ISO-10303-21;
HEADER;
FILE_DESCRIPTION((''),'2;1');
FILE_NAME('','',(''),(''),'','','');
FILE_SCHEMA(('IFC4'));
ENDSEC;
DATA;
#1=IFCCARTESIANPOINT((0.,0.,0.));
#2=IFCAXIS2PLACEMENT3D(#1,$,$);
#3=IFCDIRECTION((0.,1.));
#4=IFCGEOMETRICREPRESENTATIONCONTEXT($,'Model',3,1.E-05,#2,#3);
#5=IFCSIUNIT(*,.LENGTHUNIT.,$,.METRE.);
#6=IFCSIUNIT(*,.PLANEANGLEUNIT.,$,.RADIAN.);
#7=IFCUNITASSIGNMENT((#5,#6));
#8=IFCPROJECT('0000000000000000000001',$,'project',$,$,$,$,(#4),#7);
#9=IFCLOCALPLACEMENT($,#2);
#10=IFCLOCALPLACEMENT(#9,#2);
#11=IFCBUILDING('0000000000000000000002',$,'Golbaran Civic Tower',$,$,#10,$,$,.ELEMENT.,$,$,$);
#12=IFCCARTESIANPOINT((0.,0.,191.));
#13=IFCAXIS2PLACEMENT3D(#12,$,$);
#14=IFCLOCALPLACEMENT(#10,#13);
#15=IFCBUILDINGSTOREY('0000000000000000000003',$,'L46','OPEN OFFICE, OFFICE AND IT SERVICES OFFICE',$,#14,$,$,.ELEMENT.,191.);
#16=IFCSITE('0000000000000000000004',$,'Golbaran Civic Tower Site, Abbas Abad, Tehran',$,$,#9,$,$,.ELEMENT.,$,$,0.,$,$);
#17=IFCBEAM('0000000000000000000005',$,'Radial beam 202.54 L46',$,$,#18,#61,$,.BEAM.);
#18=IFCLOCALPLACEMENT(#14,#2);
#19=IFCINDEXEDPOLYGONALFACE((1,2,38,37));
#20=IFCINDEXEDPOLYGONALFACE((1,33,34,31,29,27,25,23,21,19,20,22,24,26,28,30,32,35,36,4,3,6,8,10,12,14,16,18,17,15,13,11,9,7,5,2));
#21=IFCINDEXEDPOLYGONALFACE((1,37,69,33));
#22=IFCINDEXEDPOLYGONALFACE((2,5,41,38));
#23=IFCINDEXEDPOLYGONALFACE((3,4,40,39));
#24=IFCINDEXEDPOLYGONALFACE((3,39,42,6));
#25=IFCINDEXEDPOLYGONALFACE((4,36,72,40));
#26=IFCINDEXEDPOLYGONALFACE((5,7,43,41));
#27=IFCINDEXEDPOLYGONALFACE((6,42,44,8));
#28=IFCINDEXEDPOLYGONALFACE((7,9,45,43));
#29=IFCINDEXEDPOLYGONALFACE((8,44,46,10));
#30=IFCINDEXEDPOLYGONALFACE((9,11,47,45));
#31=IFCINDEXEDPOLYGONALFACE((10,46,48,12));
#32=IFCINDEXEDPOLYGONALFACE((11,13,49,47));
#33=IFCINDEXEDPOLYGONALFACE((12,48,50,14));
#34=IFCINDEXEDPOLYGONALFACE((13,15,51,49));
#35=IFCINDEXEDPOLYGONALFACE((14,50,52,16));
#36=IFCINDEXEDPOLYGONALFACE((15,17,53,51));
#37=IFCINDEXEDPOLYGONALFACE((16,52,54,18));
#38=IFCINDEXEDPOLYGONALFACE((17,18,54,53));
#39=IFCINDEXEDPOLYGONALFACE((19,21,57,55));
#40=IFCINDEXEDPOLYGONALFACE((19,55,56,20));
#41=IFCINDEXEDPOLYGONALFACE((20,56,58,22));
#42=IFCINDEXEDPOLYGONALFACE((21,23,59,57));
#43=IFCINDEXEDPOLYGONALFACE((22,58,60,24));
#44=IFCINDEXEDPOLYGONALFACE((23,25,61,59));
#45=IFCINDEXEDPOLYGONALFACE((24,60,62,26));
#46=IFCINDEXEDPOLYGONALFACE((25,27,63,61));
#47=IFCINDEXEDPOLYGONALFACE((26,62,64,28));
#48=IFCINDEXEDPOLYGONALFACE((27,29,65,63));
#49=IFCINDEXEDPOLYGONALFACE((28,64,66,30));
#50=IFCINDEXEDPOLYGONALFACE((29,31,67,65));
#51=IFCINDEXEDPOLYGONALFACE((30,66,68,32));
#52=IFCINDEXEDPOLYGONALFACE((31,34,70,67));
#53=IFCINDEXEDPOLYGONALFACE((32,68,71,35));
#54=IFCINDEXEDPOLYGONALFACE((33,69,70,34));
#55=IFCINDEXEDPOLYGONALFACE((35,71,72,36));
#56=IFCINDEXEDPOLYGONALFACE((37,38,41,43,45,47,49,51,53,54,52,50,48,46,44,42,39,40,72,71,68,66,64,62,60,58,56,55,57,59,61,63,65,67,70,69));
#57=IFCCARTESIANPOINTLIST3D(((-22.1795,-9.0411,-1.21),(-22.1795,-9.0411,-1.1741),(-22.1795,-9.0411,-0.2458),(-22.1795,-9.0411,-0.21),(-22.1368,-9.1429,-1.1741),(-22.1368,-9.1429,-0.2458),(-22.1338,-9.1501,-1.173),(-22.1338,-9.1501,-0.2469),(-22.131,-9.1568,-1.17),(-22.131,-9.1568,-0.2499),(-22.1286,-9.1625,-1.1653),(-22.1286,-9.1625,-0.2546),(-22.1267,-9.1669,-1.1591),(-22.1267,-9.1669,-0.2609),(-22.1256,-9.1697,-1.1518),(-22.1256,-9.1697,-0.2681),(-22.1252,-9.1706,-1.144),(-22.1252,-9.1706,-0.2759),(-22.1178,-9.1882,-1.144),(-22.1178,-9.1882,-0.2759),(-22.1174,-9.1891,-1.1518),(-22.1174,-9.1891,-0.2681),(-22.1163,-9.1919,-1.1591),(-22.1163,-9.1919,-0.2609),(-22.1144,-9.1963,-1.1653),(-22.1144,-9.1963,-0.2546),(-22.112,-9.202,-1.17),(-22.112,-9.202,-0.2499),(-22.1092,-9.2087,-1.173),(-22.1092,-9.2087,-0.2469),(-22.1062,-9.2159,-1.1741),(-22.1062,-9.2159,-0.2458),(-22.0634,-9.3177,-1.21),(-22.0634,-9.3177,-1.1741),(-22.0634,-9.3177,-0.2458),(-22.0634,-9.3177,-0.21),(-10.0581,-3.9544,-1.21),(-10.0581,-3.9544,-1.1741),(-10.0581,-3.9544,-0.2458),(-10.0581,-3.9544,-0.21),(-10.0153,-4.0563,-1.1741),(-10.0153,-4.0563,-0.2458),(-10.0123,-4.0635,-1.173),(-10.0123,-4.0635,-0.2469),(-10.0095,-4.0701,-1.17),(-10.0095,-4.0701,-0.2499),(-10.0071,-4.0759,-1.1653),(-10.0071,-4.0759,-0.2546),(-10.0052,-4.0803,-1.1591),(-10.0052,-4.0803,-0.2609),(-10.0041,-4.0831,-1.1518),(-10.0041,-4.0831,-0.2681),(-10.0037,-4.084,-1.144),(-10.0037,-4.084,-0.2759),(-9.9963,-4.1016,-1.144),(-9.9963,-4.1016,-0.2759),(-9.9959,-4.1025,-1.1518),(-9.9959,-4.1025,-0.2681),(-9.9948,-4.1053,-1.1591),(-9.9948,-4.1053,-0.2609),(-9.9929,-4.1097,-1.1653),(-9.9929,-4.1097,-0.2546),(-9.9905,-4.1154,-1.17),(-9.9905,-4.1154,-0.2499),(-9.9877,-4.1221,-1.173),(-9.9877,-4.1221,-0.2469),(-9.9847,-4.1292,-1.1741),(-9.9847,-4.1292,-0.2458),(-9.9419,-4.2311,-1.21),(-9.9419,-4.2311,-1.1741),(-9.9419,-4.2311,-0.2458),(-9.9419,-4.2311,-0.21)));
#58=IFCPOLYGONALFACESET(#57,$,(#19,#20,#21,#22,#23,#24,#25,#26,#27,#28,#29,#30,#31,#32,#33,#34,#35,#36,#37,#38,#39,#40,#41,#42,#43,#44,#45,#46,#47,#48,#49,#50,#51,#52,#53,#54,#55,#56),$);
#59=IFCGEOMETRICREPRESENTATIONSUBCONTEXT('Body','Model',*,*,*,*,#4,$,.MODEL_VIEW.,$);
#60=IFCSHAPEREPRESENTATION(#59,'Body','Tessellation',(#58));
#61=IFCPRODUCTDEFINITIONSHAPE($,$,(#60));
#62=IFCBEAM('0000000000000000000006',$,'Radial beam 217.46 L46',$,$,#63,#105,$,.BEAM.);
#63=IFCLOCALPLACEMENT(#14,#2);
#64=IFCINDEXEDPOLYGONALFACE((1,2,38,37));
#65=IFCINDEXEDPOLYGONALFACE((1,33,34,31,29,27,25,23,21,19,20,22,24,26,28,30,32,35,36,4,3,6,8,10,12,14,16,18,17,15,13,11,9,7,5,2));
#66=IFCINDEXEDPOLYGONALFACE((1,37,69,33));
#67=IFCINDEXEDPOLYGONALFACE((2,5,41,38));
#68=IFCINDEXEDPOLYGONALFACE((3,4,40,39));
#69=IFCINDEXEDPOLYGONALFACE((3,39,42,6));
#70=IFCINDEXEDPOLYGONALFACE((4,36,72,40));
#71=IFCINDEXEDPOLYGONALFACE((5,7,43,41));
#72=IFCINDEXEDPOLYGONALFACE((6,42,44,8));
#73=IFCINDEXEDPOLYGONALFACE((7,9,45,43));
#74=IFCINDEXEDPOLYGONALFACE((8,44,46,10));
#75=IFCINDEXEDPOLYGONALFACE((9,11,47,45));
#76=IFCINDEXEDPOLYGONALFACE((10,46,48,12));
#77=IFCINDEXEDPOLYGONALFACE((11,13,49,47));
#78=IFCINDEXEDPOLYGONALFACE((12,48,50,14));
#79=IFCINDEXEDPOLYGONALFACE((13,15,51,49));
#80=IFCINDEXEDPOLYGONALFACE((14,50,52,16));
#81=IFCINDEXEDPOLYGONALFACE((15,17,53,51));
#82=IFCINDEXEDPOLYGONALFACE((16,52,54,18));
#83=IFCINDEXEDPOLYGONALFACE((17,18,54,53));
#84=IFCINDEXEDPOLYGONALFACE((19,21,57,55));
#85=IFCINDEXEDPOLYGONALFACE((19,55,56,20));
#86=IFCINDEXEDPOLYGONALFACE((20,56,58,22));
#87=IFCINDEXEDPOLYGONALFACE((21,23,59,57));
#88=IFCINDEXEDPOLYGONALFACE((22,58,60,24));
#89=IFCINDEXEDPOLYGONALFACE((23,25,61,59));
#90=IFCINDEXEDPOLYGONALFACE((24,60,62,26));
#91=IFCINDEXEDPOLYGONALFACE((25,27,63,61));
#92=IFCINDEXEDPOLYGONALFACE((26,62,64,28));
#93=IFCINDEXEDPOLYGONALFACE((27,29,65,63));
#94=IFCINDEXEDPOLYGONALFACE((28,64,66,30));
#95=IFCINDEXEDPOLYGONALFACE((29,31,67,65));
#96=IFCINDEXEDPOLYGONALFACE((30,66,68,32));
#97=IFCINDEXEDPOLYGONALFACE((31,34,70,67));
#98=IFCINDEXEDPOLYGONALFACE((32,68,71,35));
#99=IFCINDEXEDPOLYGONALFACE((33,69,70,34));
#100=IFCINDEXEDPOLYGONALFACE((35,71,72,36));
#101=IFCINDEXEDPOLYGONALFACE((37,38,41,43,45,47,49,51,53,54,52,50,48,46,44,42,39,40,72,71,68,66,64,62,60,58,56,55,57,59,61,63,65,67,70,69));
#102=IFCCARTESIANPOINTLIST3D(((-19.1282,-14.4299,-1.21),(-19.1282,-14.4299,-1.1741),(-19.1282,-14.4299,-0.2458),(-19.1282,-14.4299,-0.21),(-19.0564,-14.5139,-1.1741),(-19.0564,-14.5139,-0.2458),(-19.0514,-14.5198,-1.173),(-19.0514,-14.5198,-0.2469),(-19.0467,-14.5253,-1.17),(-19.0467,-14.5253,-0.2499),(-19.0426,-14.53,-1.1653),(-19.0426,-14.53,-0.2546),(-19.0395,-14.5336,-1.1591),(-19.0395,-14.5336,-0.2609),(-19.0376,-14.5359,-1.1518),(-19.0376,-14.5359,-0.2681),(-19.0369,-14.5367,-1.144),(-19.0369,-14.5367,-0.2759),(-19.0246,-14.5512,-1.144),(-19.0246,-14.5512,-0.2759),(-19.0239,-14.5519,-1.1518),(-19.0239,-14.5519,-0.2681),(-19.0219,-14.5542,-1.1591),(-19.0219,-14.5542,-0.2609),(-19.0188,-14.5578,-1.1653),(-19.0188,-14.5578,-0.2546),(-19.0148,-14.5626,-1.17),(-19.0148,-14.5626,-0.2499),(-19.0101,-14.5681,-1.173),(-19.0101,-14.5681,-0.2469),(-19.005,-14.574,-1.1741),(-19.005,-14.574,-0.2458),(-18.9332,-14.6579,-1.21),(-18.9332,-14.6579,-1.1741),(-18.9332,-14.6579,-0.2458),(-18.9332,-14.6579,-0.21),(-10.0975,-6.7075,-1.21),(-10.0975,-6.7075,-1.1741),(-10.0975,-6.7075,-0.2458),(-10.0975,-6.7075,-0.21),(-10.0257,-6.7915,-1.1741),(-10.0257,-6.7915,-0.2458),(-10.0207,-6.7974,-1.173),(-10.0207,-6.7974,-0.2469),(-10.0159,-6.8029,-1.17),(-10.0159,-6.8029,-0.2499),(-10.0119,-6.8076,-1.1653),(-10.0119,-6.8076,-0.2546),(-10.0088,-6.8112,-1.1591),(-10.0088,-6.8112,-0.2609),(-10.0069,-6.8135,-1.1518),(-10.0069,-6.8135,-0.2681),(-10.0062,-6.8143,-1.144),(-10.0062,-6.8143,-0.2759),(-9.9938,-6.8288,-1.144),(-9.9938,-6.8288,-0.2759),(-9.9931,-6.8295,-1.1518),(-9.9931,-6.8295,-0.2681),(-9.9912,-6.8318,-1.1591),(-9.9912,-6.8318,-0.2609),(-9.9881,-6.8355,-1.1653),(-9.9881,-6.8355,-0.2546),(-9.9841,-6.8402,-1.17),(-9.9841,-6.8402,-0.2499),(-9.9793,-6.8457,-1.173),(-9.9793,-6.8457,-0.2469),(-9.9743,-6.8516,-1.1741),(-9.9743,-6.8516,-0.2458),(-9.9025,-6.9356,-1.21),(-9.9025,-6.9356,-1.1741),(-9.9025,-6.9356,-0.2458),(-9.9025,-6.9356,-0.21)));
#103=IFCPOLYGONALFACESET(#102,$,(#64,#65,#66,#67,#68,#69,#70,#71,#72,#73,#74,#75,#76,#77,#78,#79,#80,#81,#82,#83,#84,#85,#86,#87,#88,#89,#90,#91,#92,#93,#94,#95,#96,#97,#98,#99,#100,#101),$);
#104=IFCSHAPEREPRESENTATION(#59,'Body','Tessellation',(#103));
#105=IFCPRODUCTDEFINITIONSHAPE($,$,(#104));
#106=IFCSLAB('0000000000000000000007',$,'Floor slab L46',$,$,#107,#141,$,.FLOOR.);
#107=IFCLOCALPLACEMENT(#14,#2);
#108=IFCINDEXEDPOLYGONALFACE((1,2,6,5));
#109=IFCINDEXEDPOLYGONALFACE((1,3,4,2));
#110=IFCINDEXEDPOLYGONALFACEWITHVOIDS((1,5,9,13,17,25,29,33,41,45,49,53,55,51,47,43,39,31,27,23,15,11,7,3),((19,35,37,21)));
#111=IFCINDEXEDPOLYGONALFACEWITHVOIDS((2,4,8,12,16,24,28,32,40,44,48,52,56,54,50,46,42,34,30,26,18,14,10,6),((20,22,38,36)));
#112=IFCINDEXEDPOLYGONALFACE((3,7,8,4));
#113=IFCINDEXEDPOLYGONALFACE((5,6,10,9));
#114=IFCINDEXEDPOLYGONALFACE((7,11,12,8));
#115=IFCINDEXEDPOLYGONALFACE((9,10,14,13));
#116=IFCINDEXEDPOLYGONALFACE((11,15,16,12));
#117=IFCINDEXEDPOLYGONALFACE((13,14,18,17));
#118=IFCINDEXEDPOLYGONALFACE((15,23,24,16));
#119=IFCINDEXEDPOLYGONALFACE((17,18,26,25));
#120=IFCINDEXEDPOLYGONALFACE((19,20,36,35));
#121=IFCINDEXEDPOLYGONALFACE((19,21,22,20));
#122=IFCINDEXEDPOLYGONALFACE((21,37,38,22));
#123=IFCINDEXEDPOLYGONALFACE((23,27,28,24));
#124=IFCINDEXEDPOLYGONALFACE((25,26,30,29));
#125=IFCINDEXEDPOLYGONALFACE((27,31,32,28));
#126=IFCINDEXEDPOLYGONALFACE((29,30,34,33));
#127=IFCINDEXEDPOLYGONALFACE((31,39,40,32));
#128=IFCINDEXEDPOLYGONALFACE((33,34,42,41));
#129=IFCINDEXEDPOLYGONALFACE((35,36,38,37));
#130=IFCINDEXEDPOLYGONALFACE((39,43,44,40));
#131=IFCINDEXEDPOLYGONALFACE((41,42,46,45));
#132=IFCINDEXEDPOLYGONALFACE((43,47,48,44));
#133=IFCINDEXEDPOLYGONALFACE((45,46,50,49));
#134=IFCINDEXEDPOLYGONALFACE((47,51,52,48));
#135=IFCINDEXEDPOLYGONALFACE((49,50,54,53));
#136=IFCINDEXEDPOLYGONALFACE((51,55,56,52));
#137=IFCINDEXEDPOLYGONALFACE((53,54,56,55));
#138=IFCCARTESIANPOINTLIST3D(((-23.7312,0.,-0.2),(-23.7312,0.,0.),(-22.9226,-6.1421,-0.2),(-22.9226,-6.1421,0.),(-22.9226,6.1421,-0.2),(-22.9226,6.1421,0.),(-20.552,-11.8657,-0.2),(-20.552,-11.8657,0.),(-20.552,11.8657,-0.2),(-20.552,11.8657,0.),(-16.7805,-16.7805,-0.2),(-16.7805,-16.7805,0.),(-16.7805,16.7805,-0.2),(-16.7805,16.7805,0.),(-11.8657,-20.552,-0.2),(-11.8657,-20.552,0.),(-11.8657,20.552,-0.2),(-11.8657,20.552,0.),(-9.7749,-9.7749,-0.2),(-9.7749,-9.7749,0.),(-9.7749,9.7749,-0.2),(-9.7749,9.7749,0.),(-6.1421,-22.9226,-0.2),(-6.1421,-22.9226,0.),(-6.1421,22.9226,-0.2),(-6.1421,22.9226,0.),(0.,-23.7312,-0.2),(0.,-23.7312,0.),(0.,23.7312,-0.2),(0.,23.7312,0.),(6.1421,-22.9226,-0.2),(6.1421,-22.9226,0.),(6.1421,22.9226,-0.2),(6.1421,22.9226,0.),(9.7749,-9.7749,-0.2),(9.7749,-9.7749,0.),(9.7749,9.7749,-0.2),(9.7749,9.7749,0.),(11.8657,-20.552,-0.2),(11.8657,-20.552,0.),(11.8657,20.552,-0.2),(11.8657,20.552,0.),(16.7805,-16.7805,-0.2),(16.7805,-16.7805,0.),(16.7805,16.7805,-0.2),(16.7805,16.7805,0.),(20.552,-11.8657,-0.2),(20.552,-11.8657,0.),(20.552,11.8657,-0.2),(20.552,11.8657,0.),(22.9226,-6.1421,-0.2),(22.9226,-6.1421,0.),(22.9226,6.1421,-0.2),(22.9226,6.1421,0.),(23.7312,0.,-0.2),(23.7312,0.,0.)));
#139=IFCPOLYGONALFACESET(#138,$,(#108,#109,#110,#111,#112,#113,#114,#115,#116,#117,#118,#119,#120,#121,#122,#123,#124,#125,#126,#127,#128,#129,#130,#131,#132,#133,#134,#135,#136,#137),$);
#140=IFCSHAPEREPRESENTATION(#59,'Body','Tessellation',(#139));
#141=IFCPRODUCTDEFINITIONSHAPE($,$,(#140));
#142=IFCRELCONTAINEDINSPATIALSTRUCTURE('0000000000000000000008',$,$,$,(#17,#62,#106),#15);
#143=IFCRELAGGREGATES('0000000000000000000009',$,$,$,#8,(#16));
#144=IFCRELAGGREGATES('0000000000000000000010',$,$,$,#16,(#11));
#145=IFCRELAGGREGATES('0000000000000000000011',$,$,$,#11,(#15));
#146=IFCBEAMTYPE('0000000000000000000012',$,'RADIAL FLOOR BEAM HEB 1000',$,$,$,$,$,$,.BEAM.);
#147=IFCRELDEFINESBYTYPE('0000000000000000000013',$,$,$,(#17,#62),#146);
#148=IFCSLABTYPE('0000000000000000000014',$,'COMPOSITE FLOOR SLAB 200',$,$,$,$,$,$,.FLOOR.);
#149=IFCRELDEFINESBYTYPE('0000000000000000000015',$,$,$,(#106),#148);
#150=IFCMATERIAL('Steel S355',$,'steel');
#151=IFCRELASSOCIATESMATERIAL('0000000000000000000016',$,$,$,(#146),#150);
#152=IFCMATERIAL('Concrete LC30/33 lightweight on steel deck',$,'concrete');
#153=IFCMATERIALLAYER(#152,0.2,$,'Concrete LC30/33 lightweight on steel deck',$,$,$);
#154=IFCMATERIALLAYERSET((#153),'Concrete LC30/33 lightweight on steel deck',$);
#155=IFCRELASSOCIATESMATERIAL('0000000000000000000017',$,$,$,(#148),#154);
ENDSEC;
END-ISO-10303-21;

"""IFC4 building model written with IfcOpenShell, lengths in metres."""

from ifc_helpers import new_model, si_unit, direction, frame, origin, origin_2d, place, context, subcontext, project, spatial, polyline, i_section, outline, extrude, material, layer, layer_set, material_profile, profile_set, type_object, element, save


model = new_model("IFC4")

# Units and contexts
model_context = context("Model", 3, precision=1e-05, world=origin(), true_north=direction((0.0, 1.0)))
body_context = subcontext(model_context, "Body", "Model", "MODEL_VIEW")
ifc_project = project(units=[si_unit("LENGTHUNIT", "METRE"), si_unit("PLANEANGLEUNIT", "RADIAN")], contexts=[model_context])

# Site, building, storey
site_placement = place(None, origin())
site = spatial("IfcSite", under=ifc_project, at=site_placement, Name="Golbaran Civic Tower Site, Abbas Abad, Tehran", CompositionType="ELEMENT", RefElevation=0.0)
building_placement = place(site_placement, origin())
building = spatial("IfcBuilding", under=site, at=building_placement, Name="Golbaran Civic Tower", CompositionType="ELEMENT")
storey_placement = place(building_placement, frame((0.0, 0.0, 191.0)))
storey = spatial("IfcBuildingStorey", under=building, at=storey_placement, Name="L46", Description="OPEN OFFICE, OFFICE AND IT SERVICES OFFICE", CompositionType="ELEMENT", Elevation=191.0)

# Beams
ifc_material_1 = material(Name="Steel S355", Category="steel")
ifc_material_profile_1 = material_profile(ifc_material_1, i_section(OverallWidth=0.3, OverallDepth=1.0, WebThickness=0.019, FlangeThickness=0.0359, FilletRadius=0.03, at=origin_2d()), Name="HEB 1000")
ifc_profile_set_1 = profile_set([ifc_material_profile_1], Name="Steel S355")
beam_type_1 = type_object("IfcBeamType", Name="RADIAL FLOOR BEAM HEB 1000", PredefinedType="BEAM", material=ifc_profile_set_1)
beam_1_placement = place(storey_placement, frame((-10.0, -4.0928, -0.71), z_axis=(-0.922101, -0.386948, 0.0), x_axis=(0.386948, -0.922101, 0.0)))
element("IfcBeam", 1, at=beam_1_placement, inside=storey, type_object=beam_type_1, Name="Radial beam 202.54 L46", PredefinedType="BEAM", context=body_context, shape_type="SweptSolid", body=[
    extrude(i_section(OverallWidth=0.3, OverallDepth=1.0, WebThickness=0.019, FlangeThickness=0.0359, FilletRadius=0.03, at=origin_2d()), origin(), (0.0, 0.0, 1.0), 13.1455),
])
beam_2_placement = place(storey_placement, frame((-10.0, -6.8215, -0.71), z_axis=(-0.760015, -0.649906, 0.0), x_axis=(0.649906, -0.760015, 0.0)))
element("IfcBeam", 2, at=beam_2_placement, inside=storey, type_object=beam_type_1, Name="Radial beam 217.46 L46", PredefinedType="BEAM", context=body_context, shape_type="SweptSolid", body=[
    extrude(i_section(OverallWidth=0.3, OverallDepth=1.0, WebThickness=0.019, FlangeThickness=0.0359, FilletRadius=0.03, at=origin_2d()), origin(), (0.0, 0.0, 1.0), 11.8823),
])

# Slab
ifc_material_2 = material(Name="Concrete LC30/33 lightweight on steel deck", Category="concrete")
ifc_layer_1 = layer(ifc_material_2, 0.2, Name="Concrete LC30/33 lightweight on steel deck")
ifc_layer_set_1 = layer_set([ifc_layer_1], Name="Concrete LC30/33 lightweight on steel deck")
slab_type_1 = type_object("IfcSlabType", Name="COMPOSITE FLOOR SLAB 200", PredefinedType="FLOOR", material=ifc_layer_set_1)
slab_1_placement = place(storey_placement, frame((0.0, 0.0, -0.2)))
element("IfcSlab", 3, at=slab_1_placement, inside=storey, type_object=slab_type_1, Name="Floor slab L46", PredefinedType="FLOOR", context=body_context, shape_type="SweptSolid", body=[
    extrude(outline(polyline([(20.552, -11.8657), (16.7805, -16.7805), (11.8657, -20.552), (6.1421, -22.9226), (0.0, -23.7312), (-6.1421, -22.9226), (-11.8657, -20.552), (-16.7805, -16.7805), (-20.552, -11.8657), (-22.9226, -6.1421), (-23.7312, 0.0), (-22.9226, 6.1421), (-20.552, 11.8657), (-16.7805, 16.7805), (-11.8657, 20.552), (-6.1421, 22.9226), (0.0, 23.7312), (6.1421, 22.9226), (11.8657, 20.552), (16.7805, 16.7805), (20.552, 11.8657), (22.9226, 6.1421), (23.7312, 0.0), (22.9226, -6.1421), (20.552, -11.8657)]), holes=[polyline([(-9.7749, 9.7749), (-9.7749, -9.7749), (9.7749, -9.7749), (9.7749, 9.7749), (-9.7749, 9.7749)])]), origin(), (0.0, 0.0, 1.0), 0.2),
])

save(model, "model.ifc")
